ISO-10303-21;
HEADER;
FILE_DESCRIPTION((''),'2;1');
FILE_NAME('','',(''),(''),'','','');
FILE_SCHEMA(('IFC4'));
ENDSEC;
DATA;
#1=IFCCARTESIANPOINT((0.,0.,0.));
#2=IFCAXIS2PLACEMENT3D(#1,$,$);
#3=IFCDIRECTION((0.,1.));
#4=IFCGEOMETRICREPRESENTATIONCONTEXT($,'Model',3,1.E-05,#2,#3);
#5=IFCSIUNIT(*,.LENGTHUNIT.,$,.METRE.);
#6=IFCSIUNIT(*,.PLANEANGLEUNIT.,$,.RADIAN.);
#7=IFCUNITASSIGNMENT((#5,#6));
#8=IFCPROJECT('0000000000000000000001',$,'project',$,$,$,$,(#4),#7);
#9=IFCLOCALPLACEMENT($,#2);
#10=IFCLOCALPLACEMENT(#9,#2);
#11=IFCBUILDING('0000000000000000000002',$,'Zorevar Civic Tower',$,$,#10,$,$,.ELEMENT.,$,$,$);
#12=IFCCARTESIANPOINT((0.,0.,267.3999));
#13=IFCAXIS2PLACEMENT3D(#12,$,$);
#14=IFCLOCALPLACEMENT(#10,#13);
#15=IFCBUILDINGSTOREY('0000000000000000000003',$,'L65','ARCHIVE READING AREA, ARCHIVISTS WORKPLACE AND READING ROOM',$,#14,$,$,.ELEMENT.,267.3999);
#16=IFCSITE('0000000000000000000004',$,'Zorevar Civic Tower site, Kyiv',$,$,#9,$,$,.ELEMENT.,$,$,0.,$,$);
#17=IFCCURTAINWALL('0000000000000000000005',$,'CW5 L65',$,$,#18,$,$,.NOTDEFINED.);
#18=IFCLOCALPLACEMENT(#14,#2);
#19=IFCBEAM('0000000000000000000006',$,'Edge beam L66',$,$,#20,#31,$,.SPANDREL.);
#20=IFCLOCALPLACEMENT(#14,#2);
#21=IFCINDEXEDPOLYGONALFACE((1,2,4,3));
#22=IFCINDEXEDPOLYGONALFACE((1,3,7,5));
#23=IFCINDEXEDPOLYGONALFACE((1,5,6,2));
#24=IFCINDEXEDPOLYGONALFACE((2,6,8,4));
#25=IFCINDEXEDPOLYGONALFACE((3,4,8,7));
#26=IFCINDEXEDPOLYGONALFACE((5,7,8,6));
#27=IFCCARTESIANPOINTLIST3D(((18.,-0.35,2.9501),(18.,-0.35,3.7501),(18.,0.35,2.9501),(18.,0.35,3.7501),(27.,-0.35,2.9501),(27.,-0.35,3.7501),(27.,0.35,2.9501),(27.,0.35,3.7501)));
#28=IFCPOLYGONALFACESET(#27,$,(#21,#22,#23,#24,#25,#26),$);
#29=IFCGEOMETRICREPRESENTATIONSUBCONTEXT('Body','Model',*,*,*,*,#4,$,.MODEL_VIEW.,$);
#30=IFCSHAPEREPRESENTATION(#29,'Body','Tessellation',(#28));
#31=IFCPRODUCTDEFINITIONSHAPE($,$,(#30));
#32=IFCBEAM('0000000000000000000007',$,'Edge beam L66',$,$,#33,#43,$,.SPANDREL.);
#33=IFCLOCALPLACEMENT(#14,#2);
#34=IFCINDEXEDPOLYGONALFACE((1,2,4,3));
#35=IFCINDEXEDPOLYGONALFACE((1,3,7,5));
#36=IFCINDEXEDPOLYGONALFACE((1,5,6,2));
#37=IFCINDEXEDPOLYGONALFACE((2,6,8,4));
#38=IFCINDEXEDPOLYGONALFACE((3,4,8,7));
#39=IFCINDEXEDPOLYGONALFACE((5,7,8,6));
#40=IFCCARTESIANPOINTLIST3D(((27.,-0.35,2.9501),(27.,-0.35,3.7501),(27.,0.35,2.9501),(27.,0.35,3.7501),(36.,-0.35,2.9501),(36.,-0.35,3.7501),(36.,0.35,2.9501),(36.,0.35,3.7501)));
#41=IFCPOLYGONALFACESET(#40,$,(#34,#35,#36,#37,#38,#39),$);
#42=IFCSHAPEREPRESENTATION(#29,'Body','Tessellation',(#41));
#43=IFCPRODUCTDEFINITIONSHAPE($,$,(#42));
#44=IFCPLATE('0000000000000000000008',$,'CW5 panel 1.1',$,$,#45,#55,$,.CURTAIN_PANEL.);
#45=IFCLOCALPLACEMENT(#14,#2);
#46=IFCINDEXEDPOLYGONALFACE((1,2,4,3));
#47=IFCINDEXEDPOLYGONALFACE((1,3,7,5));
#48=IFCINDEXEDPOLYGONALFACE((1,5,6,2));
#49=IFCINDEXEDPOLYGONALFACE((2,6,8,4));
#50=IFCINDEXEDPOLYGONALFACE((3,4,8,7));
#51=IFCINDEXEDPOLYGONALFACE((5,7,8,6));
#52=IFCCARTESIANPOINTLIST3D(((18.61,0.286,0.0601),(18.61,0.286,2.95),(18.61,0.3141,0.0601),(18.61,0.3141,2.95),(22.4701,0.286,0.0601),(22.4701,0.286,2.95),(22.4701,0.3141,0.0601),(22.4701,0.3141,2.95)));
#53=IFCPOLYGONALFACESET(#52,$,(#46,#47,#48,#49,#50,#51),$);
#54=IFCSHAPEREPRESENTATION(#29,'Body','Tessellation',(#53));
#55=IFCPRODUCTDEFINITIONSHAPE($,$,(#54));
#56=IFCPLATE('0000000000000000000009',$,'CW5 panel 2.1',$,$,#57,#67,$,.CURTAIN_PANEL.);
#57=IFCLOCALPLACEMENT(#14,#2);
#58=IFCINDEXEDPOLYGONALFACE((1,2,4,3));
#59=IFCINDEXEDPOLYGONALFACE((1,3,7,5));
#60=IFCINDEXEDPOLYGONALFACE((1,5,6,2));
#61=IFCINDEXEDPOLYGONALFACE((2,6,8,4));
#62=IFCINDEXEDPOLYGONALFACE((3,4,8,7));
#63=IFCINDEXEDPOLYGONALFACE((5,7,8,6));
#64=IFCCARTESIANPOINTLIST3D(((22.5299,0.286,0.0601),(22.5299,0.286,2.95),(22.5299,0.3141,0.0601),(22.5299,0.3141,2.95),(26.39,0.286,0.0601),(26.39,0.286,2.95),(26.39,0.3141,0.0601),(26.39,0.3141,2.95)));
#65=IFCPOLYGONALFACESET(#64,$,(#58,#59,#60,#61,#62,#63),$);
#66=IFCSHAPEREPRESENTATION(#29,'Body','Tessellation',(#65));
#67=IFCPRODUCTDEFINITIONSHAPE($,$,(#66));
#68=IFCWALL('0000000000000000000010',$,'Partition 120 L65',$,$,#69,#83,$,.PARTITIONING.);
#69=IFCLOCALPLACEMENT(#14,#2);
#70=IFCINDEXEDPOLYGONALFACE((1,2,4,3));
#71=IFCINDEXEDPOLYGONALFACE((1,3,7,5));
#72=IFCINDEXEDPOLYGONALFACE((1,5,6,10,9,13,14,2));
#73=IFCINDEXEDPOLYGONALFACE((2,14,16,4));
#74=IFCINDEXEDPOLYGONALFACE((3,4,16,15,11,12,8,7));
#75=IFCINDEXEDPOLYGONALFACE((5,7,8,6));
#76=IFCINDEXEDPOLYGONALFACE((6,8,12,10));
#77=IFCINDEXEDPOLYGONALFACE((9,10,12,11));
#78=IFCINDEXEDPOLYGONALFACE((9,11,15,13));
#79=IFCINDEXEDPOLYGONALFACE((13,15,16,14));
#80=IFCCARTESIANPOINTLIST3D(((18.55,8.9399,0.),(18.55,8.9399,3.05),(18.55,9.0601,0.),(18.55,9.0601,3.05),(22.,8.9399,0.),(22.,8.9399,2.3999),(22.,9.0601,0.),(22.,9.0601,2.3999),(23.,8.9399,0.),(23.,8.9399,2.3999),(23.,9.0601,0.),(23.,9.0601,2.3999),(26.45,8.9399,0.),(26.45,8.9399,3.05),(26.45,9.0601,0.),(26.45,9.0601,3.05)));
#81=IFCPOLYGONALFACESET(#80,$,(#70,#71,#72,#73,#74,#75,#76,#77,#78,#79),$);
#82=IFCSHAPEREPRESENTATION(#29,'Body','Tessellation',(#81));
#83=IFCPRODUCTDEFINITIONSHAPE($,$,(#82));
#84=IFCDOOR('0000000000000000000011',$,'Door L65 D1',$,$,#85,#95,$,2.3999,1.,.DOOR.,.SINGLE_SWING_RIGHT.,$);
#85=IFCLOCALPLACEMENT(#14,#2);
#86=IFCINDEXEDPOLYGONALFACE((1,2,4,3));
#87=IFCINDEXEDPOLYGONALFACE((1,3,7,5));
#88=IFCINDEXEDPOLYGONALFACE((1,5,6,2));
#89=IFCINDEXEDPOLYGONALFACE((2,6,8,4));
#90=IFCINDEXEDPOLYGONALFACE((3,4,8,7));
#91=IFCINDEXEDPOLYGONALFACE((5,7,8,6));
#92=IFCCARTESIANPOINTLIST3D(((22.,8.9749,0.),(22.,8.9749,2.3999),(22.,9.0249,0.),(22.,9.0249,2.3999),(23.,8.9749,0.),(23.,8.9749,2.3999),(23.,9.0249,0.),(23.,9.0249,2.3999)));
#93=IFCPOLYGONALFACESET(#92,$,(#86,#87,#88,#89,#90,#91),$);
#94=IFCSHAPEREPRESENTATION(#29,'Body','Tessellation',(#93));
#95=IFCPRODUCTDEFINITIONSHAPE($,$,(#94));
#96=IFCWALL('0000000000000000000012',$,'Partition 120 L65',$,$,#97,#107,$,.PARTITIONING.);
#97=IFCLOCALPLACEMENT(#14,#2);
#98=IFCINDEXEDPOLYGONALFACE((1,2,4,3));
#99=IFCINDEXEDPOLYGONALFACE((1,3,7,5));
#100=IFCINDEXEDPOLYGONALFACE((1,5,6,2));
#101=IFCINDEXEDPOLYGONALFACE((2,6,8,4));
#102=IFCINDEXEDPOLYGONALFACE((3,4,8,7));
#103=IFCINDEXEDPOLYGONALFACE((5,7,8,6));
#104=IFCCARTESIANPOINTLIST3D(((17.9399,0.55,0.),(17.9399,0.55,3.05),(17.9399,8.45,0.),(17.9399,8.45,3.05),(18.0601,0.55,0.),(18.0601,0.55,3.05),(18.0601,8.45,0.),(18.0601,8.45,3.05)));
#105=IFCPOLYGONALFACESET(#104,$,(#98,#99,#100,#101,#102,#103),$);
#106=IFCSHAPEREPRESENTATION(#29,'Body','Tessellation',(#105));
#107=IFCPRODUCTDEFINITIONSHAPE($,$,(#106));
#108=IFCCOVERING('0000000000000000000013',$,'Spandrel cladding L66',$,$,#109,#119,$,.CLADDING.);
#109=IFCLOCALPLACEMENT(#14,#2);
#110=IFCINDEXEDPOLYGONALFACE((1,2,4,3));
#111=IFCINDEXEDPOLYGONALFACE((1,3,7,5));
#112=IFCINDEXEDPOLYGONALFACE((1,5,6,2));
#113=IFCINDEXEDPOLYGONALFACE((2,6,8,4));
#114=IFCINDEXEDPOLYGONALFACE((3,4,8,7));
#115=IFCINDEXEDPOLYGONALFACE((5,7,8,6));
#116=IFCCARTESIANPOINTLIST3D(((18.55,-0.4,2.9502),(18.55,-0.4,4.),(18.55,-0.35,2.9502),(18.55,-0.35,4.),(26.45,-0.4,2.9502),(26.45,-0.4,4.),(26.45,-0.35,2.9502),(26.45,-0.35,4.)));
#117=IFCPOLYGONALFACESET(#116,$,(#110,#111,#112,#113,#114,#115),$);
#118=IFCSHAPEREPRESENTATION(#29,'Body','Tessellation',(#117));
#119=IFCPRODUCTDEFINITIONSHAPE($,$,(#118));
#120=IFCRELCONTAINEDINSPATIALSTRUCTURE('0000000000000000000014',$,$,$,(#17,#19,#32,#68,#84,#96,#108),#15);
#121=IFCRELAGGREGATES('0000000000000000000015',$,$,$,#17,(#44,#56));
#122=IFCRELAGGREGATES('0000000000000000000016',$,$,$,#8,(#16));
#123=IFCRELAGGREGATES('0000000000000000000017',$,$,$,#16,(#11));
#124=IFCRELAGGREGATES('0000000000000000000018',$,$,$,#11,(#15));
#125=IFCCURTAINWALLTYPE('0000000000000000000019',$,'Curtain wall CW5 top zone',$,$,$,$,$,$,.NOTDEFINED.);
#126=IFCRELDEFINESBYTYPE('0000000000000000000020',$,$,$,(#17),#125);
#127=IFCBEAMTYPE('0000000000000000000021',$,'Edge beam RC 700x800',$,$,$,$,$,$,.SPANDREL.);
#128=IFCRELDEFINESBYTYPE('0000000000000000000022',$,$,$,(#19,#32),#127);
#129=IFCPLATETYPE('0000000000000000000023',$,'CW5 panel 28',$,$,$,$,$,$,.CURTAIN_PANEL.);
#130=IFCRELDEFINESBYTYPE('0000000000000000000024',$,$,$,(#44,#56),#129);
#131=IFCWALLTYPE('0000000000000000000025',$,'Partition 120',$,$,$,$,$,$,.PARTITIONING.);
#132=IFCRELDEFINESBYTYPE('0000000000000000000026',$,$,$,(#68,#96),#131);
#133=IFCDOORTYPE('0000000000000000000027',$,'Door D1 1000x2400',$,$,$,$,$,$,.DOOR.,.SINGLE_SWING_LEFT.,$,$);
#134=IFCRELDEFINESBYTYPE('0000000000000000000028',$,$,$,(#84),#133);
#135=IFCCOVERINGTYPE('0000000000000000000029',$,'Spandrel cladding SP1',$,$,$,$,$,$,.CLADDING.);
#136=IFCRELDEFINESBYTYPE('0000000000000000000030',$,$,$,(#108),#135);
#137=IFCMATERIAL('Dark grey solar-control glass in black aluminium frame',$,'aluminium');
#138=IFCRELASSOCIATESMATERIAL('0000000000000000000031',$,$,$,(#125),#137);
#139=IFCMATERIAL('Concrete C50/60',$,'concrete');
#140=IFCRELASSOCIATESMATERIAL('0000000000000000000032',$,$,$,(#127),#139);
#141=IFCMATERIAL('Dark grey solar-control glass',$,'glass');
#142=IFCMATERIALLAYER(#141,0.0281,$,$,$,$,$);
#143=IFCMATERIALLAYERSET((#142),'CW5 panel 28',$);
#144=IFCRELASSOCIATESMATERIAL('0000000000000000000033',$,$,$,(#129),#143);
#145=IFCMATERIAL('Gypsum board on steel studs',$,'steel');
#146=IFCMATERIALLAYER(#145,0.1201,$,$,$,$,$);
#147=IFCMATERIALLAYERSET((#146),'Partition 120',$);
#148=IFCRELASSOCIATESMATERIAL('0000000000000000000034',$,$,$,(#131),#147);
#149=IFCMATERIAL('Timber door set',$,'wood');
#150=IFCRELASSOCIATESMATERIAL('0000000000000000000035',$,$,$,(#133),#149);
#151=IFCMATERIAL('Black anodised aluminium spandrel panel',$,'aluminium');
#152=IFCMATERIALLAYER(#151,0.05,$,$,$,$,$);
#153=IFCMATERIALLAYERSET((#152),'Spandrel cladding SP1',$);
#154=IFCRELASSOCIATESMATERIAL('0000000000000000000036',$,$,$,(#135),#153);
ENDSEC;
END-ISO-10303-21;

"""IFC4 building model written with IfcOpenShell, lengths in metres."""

from ifc_helpers import new_model, si_unit, direction, frame, frame_2d, origin, origin_2d, place, context, subcontext, project, spatial, rectangle, extrude, material, layer, layer_set, material_profile, profile_set, type_object, element, fill, aggregate, save


model = new_model("IFC4")

# Units and contexts
model_context = context("Model", 3, precision=1e-05, world=origin(), true_north=direction((0.0, 1.0)))
body_context = subcontext(model_context, "Body", "Model", "MODEL_VIEW")
ifc_project = project(units=[si_unit("LENGTHUNIT", "METRE"), si_unit("PLANEANGLEUNIT", "RADIAN")], contexts=[model_context])

# Site, building, storey
site_placement = place(None, origin())
site = spatial("IfcSite", under=ifc_project, at=site_placement, Name="Zorevar Civic Tower site, Kyiv", CompositionType="ELEMENT", RefElevation=0.0)
building_placement = place(site_placement, origin())
building = spatial("IfcBuilding", under=site, at=building_placement, Name="Zorevar Civic Tower", CompositionType="ELEMENT")
storey_placement = place(building_placement, frame((0.0, 0.0, 267.3999)))
storey = spatial("IfcBuildingStorey", under=building, at=storey_placement, Name="L65", Description="ARCHIVE READING AREA, ARCHIVISTS WORKPLACE AND READING ROOM", CompositionType="ELEMENT", Elevation=267.3999)

# Curtain wall
ifc_material_1 = material(Name="Dark grey solar-control glass in black aluminium frame", Category="aluminium")
curtain_wall_type = type_object("IfcCurtainWallType", Name="Curtain wall CW5 top zone", PredefinedType="NOTDEFINED", material=ifc_material_1)
curtain_wall_placement = place(storey_placement, origin())
curtain_wall = element("IfcCurtainWall", 1, at=curtain_wall_placement, inside=storey, type_object=curtain_wall_type, Name="CW5 L65", PredefinedType="NOTDEFINED")

# Beams
ifc_material_2 = material(Name="Concrete C50/60", Category="concrete")
ifc_material_profile_1 = material_profile(ifc_material_2, rectangle(XDim=0.7, YDim=0.8, at=origin_2d()), Name="RC 700x800")
ifc_profile_set_1 = profile_set([ifc_material_profile_1], Name="Concrete C50/60")
beam_type_1 = type_object("IfcBeamType", Name="Edge beam RC 700x800", PredefinedType="SPANDREL", material=ifc_profile_set_1)
for number, where, z_axis, x_axis, name in (
    (2, (18.0, 0.0, 3.3501), (1.0, 0.0, 0.0), (0.0, 1.0, 0.0), "Edge beam L66"),
    (3, (27.0, 0.0, 3.3501), (1.0, 0.0, 0.0), (0.0, 1.0, 0.0), "Edge beam L66"),
):
    element("IfcBeam", number, at=place(storey_placement, frame(where, z_axis=z_axis, x_axis=x_axis)), inside=storey, type_object=beam_type_1, Name=name, PredefinedType="SPANDREL", context=body_context, shape_type="SweptSolid", body=[
        extrude(rectangle(XDim=0.7, YDim=0.8, at=origin_2d()), origin(), (0.0, 0.0, 1.0), 9.0),
    ])

# Plates
ifc_material_3 = material(Name="Dark grey solar-control glass", Category="glass")
ifc_layer_1 = layer(ifc_material_3, 0.0281)
ifc_layer_set_1 = layer_set([ifc_layer_1], Name="CW5 panel 28")
plate_type = type_object("IfcPlateType", Name="CW5 panel 28", PredefinedType="CURTAIN_PANEL", material=ifc_layer_set_1)
plate_1_placement = place(storey_placement, frame((20.54, 0.3, 0.0601), z_axis=(0.0, 0.0, 1.0), x_axis=(1.0, 0.0, 0.0)))
plate_1 = element("IfcPlate", 4, at=plate_1_placement, type_object=plate_type, Name="CW5 panel 1.1", PredefinedType="CURTAIN_PANEL", context=body_context, shape_type="SweptSolid", body=[
    extrude(rectangle(XDim=3.8601, YDim=0.0281, at=origin_2d()), origin(), (0.0, 0.0, 1.0), 2.8899),
])
plate_2_placement = place(storey_placement, frame((24.46, 0.3, 0.0601), z_axis=(0.0, 0.0, 1.0), x_axis=(1.0, 0.0, 0.0)))
plate_2 = element("IfcPlate", 5, at=plate_2_placement, type_object=plate_type, Name="CW5 panel 2.1", PredefinedType="CURTAIN_PANEL", context=body_context, shape_type="SweptSolid", body=[
    extrude(rectangle(XDim=3.8601, YDim=0.0281, at=origin_2d()), origin(), (0.0, 0.0, 1.0), 2.8899),
])
aggregate(curtain_wall, [plate_1, plate_2])

# Wall, opening, door
ifc_material_4 = material(Name="Gypsum board on steel studs", Category="steel")
ifc_layer_2 = layer(ifc_material_4, 0.1201)
ifc_layer_set_2 = layer_set([ifc_layer_2], Name="Partition 120")
wall_type = type_object("IfcWallType", Name="Partition 120", PredefinedType="PARTITIONING", material=ifc_layer_set_2)
wall_1_placement = place(storey_placement, frame((18.55, 9.0, 0.0), z_axis=(0.0, 0.0, 1.0), x_axis=(1.0, 0.0, 0.0)))
wall_1 = element("IfcWall", 6, at=wall_1_placement, inside=storey, type_object=wall_type, Name="Partition 120 L65", PredefinedType="PARTITIONING", context=body_context, shape_type="SweptSolid", body=[
    extrude(rectangle(XDim=7.8999, YDim=0.1201, at=frame_2d((3.95, 0.0))), origin(), (0.0, 0.0, 1.0), 3.05),
])
opening_placement = place(wall_1_placement, frame((3.45, 0.0, 0.0)))
opening = element("IfcOpeningElement", 7, at=opening_placement, cuts=wall_1, PredefinedType="OPENING", context=body_context, shape_type="SweptSolid", body=[
    extrude(rectangle(XDim=1.0, YDim=2.3999, at=frame_2d((0.5, 1.2))), frame((0.0, 0.0701, 0.0), z_axis=(0.0, -1.0, 0.0), x_axis=(1.0, 0.0, 0.0)), (0.0, 0.0, 1.0), 0.1401),
])
ifc_material_5 = material(Name="Timber door set", Category="wood")
door_type = type_object("IfcDoorType", Name="Door D1 1000x2400", OperationType="SINGLE_SWING_LEFT", PredefinedType="DOOR", material=ifc_material_5)
door_placement = place(opening_placement, origin())
door = element("IfcDoor", 8, at=door_placement, inside=storey, type_object=door_type, Name="Door L65 D1", OperationType="SINGLE_SWING_RIGHT", OverallHeight=2.3999, OverallWidth=1.0, PredefinedType="DOOR", context=body_context, shape_type="SweptSolid", body=[
    extrude(rectangle(XDim=1.0, YDim=2.3999, at=frame_2d((0.5, 1.2))), frame((0.0, 0.0249, 0.0), z_axis=(0.0, -1.0, 0.0), x_axis=(1.0, 0.0, 0.0)), (0.0, 0.0, 1.0), 0.05),
])
fill(opening, door)

# Wall
wall_2_placement = place(storey_placement, frame((18.0, 0.55, 0.0), z_axis=(0.0, 0.0, 1.0), x_axis=(0.0, 1.0, 0.0)))
element("IfcWall", 9, at=wall_2_placement, inside=storey, type_object=wall_type, Name="Partition 120 L65", PredefinedType="PARTITIONING", context=body_context, shape_type="SweptSolid", body=[
    extrude(rectangle(XDim=7.8999, YDim=0.1201, at=frame_2d((3.95, 0.0))), origin(), (0.0, 0.0, 1.0), 3.05),
])

# Covering
ifc_material_6 = material(Name="Black anodised aluminium spandrel panel", Category="aluminium")
ifc_layer_3 = layer(ifc_material_6, 0.05)
ifc_layer_set_3 = layer_set([ifc_layer_3], Name="Spandrel cladding SP1")
covering_type = type_object("IfcCoveringType", Name="Spandrel cladding SP1", PredefinedType="CLADDING", material=ifc_layer_set_3)
covering_placement = place(storey_placement, frame((18.55, -0.375, 2.9502), z_axis=(0.0, 0.0, 1.0), x_axis=(1.0, 0.0, 0.0)))
element("IfcCovering", 10, at=covering_placement, inside=storey, type_object=covering_type, Name="Spandrel cladding L66", PredefinedType="CLADDING", context=body_context, shape_type="SweptSolid", body=[
    extrude(rectangle(XDim=7.8999, YDim=0.05, at=frame_2d((3.95, 0.0))), origin(), (0.0, 0.0, 1.0), 1.0498),
])

save(model, "model.ifc")
